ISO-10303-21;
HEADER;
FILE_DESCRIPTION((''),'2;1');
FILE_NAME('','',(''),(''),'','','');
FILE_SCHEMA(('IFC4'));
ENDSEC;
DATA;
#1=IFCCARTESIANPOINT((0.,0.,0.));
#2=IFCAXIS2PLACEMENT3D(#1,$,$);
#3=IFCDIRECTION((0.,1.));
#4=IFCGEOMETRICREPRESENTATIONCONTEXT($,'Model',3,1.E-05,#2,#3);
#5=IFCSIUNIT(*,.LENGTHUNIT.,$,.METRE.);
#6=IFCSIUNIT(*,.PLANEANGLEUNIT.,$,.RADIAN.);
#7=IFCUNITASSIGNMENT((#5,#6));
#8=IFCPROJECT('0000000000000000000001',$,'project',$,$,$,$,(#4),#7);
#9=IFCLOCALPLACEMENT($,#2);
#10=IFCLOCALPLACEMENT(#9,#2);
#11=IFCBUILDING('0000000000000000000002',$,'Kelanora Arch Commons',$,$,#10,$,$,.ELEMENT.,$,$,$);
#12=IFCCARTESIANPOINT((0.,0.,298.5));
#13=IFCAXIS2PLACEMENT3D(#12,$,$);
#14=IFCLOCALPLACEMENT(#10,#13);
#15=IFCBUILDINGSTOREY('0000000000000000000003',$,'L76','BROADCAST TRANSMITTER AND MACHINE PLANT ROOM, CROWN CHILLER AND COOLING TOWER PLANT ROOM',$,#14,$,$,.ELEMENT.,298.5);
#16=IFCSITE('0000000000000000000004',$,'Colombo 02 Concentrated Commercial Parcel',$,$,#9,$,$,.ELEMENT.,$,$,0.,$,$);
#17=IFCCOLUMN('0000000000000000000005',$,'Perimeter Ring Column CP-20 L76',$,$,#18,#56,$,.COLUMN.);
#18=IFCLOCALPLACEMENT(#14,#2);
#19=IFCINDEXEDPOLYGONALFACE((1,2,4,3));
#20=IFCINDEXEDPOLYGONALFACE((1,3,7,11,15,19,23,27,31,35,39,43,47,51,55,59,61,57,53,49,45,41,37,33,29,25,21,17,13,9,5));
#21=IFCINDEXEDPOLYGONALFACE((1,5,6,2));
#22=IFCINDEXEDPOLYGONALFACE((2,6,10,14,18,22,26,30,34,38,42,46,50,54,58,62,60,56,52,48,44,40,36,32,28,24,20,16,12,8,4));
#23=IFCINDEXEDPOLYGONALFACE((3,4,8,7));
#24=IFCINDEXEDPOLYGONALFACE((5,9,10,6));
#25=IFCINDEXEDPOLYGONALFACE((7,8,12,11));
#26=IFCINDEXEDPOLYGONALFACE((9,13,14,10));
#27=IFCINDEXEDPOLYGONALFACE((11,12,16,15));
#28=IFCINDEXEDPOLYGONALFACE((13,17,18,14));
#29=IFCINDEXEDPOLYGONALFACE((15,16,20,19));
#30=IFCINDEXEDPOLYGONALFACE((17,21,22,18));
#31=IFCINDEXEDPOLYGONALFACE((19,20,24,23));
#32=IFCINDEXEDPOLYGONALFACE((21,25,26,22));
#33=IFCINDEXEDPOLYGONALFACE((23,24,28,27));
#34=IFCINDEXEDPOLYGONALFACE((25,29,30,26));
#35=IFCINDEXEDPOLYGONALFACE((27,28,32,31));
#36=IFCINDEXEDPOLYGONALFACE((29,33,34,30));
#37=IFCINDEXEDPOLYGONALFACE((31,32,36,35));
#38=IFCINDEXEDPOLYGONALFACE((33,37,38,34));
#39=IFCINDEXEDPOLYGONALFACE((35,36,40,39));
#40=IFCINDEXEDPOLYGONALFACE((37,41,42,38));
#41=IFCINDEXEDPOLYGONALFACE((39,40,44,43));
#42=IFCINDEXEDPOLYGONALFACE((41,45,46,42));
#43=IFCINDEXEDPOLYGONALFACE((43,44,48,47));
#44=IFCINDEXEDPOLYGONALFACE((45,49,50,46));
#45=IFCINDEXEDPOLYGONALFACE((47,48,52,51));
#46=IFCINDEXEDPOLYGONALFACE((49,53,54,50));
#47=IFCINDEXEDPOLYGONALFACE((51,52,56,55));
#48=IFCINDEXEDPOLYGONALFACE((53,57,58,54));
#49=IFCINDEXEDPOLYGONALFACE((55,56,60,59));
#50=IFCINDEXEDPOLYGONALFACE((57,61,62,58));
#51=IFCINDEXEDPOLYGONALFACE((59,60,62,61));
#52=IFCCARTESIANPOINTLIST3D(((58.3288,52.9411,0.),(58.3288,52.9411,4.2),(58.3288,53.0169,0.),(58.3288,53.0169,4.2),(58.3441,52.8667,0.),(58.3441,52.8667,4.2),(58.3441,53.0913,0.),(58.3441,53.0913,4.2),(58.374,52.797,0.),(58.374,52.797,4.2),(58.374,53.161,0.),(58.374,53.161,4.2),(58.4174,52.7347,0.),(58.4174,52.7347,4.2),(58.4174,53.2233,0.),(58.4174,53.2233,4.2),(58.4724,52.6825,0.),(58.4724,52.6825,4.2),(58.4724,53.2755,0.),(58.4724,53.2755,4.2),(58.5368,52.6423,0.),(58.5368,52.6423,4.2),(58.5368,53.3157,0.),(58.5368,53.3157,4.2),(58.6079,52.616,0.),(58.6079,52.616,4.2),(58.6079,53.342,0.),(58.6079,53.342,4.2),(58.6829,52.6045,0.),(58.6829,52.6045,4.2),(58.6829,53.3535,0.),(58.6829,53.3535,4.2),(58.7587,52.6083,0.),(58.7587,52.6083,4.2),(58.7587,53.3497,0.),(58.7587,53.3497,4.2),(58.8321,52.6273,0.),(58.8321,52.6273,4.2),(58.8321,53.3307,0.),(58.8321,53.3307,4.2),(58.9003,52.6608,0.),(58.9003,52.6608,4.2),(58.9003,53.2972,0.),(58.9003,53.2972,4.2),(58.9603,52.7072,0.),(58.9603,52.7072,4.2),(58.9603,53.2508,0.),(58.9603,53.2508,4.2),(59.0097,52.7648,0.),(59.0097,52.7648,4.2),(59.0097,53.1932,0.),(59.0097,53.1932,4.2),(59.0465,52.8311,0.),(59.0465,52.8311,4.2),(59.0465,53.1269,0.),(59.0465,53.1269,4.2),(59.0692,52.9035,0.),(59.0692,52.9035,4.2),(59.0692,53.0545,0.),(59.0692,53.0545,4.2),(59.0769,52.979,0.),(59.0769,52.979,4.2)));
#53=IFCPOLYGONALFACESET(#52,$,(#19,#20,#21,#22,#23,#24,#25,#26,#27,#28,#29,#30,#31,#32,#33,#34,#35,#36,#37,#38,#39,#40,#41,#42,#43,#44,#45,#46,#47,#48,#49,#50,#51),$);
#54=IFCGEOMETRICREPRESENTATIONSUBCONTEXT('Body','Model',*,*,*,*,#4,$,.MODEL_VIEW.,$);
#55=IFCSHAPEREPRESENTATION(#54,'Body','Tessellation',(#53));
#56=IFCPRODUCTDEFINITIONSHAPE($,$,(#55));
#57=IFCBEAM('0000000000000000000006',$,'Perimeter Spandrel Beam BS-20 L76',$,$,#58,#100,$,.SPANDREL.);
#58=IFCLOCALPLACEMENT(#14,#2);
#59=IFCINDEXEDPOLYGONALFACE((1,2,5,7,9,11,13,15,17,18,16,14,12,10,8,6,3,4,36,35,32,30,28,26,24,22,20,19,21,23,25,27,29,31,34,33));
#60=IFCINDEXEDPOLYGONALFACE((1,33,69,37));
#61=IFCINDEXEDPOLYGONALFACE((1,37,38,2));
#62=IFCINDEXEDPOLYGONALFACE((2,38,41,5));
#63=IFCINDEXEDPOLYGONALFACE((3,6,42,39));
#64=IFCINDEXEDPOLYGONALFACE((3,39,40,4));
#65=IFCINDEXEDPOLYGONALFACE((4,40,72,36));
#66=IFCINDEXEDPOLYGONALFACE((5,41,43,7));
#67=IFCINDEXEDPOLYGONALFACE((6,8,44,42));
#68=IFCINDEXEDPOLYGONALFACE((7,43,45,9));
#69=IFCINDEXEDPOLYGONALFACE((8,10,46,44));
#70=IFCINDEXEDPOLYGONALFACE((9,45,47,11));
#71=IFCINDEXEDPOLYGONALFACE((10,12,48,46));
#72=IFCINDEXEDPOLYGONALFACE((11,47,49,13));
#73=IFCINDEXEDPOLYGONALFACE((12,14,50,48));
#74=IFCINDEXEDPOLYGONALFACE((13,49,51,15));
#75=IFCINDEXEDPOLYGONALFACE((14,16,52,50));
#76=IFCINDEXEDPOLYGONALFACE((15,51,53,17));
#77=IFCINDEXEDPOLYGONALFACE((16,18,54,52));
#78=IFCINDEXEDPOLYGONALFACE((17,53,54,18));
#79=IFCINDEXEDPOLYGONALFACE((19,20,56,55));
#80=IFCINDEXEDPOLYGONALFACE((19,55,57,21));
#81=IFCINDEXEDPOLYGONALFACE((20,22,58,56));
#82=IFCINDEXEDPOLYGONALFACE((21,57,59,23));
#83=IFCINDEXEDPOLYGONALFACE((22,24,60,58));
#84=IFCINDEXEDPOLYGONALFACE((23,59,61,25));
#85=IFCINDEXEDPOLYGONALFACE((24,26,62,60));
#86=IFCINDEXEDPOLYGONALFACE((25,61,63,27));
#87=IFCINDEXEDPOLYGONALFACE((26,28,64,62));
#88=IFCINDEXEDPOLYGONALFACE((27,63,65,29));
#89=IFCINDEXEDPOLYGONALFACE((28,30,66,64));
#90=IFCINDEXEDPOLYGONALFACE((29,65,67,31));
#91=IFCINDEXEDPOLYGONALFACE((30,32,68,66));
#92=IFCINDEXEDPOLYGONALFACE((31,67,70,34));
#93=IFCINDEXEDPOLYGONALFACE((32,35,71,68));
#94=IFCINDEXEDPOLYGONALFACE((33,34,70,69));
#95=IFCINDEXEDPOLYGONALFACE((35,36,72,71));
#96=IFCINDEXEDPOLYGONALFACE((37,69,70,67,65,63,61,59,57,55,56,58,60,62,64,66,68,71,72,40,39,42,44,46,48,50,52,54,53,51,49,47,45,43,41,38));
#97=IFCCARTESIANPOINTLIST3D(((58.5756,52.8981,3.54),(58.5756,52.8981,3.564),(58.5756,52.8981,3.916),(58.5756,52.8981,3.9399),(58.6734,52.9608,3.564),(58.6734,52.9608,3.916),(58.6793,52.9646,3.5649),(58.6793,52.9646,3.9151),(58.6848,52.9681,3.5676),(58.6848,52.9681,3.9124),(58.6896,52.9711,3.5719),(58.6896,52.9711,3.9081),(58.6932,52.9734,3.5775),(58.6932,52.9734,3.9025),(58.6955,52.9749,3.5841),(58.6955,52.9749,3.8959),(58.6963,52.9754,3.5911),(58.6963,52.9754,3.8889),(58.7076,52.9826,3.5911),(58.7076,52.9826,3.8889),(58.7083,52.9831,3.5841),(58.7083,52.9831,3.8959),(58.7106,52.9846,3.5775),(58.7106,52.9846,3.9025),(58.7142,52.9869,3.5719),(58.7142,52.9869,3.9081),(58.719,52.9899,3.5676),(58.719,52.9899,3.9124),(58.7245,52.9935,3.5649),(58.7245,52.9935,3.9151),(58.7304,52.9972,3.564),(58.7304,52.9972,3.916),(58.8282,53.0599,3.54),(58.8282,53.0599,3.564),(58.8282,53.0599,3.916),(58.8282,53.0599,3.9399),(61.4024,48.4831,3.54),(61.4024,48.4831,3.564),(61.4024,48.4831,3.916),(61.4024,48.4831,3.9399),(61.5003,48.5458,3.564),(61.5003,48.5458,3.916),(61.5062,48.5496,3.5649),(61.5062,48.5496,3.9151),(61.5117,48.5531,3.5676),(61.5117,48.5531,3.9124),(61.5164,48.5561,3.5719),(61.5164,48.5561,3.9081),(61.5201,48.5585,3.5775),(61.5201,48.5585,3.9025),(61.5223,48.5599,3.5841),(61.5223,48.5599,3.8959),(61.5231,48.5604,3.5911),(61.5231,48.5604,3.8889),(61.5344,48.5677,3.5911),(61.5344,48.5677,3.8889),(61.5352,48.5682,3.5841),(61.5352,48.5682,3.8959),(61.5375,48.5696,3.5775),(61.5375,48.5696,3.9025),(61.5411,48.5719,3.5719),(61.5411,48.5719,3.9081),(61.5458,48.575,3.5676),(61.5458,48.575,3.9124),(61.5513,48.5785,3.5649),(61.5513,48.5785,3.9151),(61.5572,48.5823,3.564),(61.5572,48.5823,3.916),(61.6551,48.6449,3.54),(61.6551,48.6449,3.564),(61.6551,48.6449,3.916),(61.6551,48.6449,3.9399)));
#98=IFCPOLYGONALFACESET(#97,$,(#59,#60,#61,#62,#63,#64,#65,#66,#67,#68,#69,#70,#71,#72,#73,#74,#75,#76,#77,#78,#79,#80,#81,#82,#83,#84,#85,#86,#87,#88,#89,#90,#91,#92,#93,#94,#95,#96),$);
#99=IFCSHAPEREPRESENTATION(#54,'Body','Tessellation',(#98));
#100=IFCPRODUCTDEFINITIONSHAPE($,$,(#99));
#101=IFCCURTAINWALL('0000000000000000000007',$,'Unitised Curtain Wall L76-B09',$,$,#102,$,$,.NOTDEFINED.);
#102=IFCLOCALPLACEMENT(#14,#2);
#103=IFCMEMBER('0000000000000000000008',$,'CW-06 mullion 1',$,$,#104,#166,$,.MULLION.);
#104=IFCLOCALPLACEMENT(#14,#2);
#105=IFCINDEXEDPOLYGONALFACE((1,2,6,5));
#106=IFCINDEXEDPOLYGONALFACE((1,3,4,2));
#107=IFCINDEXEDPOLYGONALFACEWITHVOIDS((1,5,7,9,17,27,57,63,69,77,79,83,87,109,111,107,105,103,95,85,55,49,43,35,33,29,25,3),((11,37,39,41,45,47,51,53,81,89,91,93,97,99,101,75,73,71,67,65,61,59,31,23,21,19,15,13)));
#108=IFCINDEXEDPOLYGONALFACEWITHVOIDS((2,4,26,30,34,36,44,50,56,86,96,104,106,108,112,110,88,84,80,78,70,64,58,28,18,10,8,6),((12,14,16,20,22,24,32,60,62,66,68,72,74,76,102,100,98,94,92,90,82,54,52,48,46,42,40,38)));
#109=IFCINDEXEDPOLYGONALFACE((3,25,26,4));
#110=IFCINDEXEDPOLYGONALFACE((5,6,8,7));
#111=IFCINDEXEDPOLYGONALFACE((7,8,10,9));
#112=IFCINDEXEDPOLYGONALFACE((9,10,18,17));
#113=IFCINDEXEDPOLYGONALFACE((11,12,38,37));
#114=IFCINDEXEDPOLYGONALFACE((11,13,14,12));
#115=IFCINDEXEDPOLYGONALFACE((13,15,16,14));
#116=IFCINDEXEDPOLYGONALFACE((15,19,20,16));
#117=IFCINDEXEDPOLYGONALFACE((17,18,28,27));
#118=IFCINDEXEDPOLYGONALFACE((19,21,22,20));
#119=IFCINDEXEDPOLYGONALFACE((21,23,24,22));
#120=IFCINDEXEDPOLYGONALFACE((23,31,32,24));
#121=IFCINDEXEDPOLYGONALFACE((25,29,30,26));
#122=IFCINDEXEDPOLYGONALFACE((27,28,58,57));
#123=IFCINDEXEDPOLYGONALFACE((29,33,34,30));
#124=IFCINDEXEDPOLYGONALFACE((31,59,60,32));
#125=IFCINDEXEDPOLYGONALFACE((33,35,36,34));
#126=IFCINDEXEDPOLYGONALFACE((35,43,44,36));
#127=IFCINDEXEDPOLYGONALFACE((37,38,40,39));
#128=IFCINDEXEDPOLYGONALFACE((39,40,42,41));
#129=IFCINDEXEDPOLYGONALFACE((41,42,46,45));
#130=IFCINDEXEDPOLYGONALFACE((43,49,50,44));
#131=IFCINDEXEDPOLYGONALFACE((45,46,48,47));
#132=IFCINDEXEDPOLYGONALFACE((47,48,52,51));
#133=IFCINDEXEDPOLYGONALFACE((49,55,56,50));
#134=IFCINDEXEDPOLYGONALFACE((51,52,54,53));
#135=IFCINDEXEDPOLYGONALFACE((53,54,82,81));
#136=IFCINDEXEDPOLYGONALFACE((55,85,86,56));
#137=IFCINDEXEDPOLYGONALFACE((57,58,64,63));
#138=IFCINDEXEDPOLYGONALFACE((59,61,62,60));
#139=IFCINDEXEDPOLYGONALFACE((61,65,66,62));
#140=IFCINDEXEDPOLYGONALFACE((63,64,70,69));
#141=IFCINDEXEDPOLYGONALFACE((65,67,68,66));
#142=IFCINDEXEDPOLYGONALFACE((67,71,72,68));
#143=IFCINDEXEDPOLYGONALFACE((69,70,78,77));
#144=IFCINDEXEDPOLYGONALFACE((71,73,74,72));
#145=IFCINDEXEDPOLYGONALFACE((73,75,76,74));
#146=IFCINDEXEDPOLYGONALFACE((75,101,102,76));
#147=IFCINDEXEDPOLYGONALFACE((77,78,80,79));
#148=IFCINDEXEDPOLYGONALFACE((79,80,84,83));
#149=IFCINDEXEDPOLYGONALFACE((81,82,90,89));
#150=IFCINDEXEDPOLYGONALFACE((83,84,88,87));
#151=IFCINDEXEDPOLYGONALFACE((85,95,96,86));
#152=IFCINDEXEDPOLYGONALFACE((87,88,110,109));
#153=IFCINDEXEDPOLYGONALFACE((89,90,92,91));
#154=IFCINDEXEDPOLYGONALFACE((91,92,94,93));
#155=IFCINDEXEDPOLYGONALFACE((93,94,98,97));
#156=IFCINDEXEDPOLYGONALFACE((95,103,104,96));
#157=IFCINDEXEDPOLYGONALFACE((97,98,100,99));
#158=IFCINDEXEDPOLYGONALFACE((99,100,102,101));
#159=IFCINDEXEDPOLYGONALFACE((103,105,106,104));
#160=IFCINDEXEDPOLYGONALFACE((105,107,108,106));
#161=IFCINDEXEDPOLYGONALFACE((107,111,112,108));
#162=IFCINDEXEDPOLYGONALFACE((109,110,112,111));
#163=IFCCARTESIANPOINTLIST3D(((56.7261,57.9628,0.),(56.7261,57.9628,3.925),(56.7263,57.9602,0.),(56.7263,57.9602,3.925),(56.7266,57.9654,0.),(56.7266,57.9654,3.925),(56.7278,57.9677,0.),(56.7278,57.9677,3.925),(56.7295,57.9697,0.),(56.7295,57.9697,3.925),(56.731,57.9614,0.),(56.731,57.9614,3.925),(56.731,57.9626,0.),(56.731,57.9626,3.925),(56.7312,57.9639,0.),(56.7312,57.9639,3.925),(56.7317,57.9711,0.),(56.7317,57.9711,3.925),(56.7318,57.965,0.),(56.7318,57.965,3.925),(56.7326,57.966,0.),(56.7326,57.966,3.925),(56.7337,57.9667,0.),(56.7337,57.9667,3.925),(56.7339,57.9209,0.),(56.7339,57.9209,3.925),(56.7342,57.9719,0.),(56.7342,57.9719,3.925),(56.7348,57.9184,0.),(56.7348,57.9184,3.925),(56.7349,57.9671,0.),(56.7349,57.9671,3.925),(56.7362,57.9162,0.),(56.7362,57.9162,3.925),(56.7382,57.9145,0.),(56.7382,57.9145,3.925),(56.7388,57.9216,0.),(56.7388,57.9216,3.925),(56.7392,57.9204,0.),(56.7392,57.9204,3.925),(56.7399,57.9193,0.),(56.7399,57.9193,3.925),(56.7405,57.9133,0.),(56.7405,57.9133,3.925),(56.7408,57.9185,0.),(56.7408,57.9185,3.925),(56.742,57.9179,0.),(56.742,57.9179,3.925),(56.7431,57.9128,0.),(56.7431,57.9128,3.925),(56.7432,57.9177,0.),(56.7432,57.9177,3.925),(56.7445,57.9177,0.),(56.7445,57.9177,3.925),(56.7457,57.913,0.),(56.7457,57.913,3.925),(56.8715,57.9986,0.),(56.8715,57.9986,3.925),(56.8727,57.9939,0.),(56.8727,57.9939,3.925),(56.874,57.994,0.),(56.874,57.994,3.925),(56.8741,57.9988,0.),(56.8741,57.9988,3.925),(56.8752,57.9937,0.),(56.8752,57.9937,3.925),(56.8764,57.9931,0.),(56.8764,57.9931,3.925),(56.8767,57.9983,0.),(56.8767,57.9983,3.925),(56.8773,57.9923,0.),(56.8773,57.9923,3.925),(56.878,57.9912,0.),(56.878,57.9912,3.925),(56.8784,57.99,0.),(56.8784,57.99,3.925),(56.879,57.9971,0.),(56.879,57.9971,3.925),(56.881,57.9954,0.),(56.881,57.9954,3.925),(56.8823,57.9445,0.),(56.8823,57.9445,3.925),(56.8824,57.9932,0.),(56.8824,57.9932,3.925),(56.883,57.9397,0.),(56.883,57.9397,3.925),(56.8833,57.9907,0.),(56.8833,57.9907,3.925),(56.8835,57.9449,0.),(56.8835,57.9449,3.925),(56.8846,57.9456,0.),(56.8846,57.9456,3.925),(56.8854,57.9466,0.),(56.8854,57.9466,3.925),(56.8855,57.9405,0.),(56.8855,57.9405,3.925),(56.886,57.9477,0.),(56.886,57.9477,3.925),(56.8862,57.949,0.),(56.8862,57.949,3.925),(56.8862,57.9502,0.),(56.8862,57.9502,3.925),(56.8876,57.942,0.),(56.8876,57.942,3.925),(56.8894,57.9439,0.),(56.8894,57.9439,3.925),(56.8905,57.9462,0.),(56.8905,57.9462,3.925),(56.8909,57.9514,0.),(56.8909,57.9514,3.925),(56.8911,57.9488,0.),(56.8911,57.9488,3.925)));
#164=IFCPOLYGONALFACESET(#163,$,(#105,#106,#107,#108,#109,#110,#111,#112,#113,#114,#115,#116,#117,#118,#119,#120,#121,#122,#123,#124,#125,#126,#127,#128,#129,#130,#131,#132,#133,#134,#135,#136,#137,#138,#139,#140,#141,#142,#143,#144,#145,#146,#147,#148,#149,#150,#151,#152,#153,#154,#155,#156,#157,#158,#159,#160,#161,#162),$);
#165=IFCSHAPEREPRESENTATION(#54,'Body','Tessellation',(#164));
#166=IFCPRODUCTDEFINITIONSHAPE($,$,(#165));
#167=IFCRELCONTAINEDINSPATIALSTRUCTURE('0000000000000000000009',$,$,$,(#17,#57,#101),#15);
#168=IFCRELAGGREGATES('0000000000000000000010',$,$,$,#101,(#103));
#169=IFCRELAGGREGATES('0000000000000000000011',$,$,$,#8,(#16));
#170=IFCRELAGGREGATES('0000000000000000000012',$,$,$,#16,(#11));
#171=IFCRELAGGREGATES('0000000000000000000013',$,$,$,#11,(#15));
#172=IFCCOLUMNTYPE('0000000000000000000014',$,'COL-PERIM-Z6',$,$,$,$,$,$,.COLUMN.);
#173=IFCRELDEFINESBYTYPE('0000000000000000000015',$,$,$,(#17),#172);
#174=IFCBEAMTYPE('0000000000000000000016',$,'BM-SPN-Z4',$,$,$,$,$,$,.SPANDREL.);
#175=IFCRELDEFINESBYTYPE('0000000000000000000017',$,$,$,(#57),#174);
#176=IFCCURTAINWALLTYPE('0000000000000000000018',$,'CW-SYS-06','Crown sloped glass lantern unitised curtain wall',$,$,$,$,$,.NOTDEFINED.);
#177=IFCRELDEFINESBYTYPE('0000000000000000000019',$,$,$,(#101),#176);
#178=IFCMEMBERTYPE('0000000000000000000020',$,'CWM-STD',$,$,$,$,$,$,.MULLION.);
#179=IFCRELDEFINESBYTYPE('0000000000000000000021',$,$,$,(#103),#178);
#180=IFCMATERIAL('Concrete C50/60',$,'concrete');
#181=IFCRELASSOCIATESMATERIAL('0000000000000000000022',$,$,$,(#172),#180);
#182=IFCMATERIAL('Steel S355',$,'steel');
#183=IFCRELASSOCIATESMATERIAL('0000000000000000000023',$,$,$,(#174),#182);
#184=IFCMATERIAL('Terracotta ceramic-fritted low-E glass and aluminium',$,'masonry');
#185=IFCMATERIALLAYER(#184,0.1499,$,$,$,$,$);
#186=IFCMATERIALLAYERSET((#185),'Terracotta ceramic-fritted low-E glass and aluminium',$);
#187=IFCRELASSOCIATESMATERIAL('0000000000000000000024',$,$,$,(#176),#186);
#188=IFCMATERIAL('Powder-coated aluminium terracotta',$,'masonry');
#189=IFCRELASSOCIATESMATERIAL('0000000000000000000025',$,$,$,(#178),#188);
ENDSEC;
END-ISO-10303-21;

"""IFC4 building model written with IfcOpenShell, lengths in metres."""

from ifc_helpers import new_model, si_unit, direction, frame, origin, origin_2d, place, context, subcontext, project, spatial, hollow_rectangle, circle, i_section, extrude, material, layer, layer_set, material_profile, profile_set, type_object, element, aggregate, save


model = new_model("IFC4")

# Units and contexts
model_context = context("Model", 3, precision=1e-05, world=origin(), true_north=direction((0.0, 1.0)))
body_context = subcontext(model_context, "Body", "Model", "MODEL_VIEW")
ifc_project = project(units=[si_unit("LENGTHUNIT", "METRE"), si_unit("PLANEANGLEUNIT", "RADIAN")], contexts=[model_context])

# Site, building, storey
site_placement = place(None, origin())
site = spatial("IfcSite", under=ifc_project, at=site_placement, Name="Colombo 02 Concentrated Commercial Parcel", CompositionType="ELEMENT", RefElevation=0.0)
building_placement = place(site_placement, origin())
building = spatial("IfcBuilding", under=site, at=building_placement, Name="Kelanora Arch Commons", CompositionType="ELEMENT")
storey_placement = place(building_placement, frame((0.0, 0.0, 298.5)))
storey = spatial("IfcBuildingStorey", under=building, at=storey_placement, Name="L76", Description="BROADCAST TRANSMITTER AND MACHINE PLANT ROOM, CROWN CHILLER AND COOLING TOWER PLANT ROOM", CompositionType="ELEMENT", Elevation=298.5)

# Column
ifc_material_1 = material(Name="Concrete C50/60", Category="concrete")
ifc_material_profile_1 = material_profile(ifc_material_1, circle(Radius=0.375, at=origin_2d()), Name="RCC750")
ifc_profile_set_1 = profile_set([ifc_material_profile_1], Name="Concrete C50/60")
column_type = type_object("IfcColumnType", Name="COL-PERIM-Z6", PredefinedType="COLUMN", material=ifc_profile_set_1)
column_placement = place(storey_placement, frame((58.7019, 52.979, 0.0), z_axis=(0.0, 0.0, 1.0), x_axis=(1.0, 0.0, 0.0)))
element("IfcColumn", 1, at=column_placement, inside=storey, type_object=column_type, Name="Perimeter Ring Column CP-20 L76", PredefinedType="COLUMN", context=body_context, shape_type="SweptSolid", body=[
    extrude(circle(Radius=0.375, at=origin_2d()), origin(), (0.0, 0.0, 1.0), 4.2),
])

# Beam
ifc_material_2 = material(Name="Steel S355", Category="steel")
ifc_material_profile_2 = material_profile(ifc_material_2, i_section(OverallWidth=0.3, OverallDepth=0.3999, WebThickness=0.0134, FlangeThickness=0.0239, FilletRadius=0.0271, at=origin_2d()), Name="HEB400")
ifc_profile_set_2 = profile_set([ifc_material_profile_2], Name="Steel S355")
beam_type = type_object("IfcBeamType", Name="BM-SPN-Z4", PredefinedType="SPANDREL", material=ifc_profile_set_2)
beam_placement = place(storey_placement, frame((58.7019, 52.979, 3.74), z_axis=(0.539227, -0.842161, 0.0), x_axis=(0.842161, 0.539227, 0.0)))
element("IfcBeam", 2, at=beam_placement, inside=storey, type_object=beam_type, Name="Perimeter Spandrel Beam BS-20 L76", PredefinedType="SPANDREL", context=body_context, shape_type="SweptSolid", body=[
    extrude(i_section(OverallWidth=0.3, OverallDepth=0.3999, WebThickness=0.0134, FlangeThickness=0.0239, FilletRadius=0.0271, at=origin_2d()), origin(), (0.0, 0.0, 1.0), 5.2424),
])

# Curtain wall, member
ifc_material_3 = material(Name="Terracotta ceramic-fritted low-E glass and aluminium", Category="masonry")
ifc_layer_1 = layer(ifc_material_3, 0.1499)
ifc_layer_set_1 = layer_set([ifc_layer_1], Name="Terracotta ceramic-fritted low-E glass and aluminium")
curtain_wall_type = type_object("IfcCurtainWallType", Name="CW-SYS-06", Description="Crown sloped glass lantern unitised curtain wall", PredefinedType="NOTDEFINED", material=ifc_layer_set_1)
curtain_wall_1_placement = place(storey_placement, origin())
curtain_wall_1 = element("IfcCurtainWall", 3, at=curtain_wall_1_placement, inside=storey, type_object=curtain_wall_type, Name="Unitised Curtain Wall L76-B09", PredefinedType="NOTDEFINED")
ifc_material_4 = material(Name="Powder-coated aluminium terracotta", Category="masonry")
ifc_material_profile_3 = material_profile(ifc_material_4, hollow_rectangle(XDim=0.1599, YDim=0.0601, WallThickness=0.0049, InnerFilletRadius=0.0049, OuterFilletRadius=0.01, at=origin_2d()), Name="CWM160x60")
ifc_profile_set_3 = profile_set([ifc_material_profile_3], Name="Powder-coated aluminium terracotta")
member_type_1 = type_object("IfcMemberType", Name="CWM-STD", PredefinedType="MULLION", material=ifc_profile_set_3)
member_1_placement = place(storey_placement, frame((56.8086, 57.9558, 0.0), z_axis=(0.0, 0.0, 1.0), x_axis=(0.981624, 0.190827, 0.0)))
member_1 = element("IfcMember", 4, at=member_1_placement, type_object=member_type_1, Name="CW-06 mullion 1", PredefinedType="MULLION", context=body_context, shape_type="SweptSolid", body=[
    extrude(hollow_rectangle(XDim=0.1599, YDim=0.0601, WallThickness=0.0049, InnerFilletRadius=0.0049, OuterFilletRadius=0.01, at=origin_2d()), origin(), (0.0, 0.0, 1.0), 3.925),
])

aggregate(curtain_wall_1, [member_1])

save(model, "model.ifc")
